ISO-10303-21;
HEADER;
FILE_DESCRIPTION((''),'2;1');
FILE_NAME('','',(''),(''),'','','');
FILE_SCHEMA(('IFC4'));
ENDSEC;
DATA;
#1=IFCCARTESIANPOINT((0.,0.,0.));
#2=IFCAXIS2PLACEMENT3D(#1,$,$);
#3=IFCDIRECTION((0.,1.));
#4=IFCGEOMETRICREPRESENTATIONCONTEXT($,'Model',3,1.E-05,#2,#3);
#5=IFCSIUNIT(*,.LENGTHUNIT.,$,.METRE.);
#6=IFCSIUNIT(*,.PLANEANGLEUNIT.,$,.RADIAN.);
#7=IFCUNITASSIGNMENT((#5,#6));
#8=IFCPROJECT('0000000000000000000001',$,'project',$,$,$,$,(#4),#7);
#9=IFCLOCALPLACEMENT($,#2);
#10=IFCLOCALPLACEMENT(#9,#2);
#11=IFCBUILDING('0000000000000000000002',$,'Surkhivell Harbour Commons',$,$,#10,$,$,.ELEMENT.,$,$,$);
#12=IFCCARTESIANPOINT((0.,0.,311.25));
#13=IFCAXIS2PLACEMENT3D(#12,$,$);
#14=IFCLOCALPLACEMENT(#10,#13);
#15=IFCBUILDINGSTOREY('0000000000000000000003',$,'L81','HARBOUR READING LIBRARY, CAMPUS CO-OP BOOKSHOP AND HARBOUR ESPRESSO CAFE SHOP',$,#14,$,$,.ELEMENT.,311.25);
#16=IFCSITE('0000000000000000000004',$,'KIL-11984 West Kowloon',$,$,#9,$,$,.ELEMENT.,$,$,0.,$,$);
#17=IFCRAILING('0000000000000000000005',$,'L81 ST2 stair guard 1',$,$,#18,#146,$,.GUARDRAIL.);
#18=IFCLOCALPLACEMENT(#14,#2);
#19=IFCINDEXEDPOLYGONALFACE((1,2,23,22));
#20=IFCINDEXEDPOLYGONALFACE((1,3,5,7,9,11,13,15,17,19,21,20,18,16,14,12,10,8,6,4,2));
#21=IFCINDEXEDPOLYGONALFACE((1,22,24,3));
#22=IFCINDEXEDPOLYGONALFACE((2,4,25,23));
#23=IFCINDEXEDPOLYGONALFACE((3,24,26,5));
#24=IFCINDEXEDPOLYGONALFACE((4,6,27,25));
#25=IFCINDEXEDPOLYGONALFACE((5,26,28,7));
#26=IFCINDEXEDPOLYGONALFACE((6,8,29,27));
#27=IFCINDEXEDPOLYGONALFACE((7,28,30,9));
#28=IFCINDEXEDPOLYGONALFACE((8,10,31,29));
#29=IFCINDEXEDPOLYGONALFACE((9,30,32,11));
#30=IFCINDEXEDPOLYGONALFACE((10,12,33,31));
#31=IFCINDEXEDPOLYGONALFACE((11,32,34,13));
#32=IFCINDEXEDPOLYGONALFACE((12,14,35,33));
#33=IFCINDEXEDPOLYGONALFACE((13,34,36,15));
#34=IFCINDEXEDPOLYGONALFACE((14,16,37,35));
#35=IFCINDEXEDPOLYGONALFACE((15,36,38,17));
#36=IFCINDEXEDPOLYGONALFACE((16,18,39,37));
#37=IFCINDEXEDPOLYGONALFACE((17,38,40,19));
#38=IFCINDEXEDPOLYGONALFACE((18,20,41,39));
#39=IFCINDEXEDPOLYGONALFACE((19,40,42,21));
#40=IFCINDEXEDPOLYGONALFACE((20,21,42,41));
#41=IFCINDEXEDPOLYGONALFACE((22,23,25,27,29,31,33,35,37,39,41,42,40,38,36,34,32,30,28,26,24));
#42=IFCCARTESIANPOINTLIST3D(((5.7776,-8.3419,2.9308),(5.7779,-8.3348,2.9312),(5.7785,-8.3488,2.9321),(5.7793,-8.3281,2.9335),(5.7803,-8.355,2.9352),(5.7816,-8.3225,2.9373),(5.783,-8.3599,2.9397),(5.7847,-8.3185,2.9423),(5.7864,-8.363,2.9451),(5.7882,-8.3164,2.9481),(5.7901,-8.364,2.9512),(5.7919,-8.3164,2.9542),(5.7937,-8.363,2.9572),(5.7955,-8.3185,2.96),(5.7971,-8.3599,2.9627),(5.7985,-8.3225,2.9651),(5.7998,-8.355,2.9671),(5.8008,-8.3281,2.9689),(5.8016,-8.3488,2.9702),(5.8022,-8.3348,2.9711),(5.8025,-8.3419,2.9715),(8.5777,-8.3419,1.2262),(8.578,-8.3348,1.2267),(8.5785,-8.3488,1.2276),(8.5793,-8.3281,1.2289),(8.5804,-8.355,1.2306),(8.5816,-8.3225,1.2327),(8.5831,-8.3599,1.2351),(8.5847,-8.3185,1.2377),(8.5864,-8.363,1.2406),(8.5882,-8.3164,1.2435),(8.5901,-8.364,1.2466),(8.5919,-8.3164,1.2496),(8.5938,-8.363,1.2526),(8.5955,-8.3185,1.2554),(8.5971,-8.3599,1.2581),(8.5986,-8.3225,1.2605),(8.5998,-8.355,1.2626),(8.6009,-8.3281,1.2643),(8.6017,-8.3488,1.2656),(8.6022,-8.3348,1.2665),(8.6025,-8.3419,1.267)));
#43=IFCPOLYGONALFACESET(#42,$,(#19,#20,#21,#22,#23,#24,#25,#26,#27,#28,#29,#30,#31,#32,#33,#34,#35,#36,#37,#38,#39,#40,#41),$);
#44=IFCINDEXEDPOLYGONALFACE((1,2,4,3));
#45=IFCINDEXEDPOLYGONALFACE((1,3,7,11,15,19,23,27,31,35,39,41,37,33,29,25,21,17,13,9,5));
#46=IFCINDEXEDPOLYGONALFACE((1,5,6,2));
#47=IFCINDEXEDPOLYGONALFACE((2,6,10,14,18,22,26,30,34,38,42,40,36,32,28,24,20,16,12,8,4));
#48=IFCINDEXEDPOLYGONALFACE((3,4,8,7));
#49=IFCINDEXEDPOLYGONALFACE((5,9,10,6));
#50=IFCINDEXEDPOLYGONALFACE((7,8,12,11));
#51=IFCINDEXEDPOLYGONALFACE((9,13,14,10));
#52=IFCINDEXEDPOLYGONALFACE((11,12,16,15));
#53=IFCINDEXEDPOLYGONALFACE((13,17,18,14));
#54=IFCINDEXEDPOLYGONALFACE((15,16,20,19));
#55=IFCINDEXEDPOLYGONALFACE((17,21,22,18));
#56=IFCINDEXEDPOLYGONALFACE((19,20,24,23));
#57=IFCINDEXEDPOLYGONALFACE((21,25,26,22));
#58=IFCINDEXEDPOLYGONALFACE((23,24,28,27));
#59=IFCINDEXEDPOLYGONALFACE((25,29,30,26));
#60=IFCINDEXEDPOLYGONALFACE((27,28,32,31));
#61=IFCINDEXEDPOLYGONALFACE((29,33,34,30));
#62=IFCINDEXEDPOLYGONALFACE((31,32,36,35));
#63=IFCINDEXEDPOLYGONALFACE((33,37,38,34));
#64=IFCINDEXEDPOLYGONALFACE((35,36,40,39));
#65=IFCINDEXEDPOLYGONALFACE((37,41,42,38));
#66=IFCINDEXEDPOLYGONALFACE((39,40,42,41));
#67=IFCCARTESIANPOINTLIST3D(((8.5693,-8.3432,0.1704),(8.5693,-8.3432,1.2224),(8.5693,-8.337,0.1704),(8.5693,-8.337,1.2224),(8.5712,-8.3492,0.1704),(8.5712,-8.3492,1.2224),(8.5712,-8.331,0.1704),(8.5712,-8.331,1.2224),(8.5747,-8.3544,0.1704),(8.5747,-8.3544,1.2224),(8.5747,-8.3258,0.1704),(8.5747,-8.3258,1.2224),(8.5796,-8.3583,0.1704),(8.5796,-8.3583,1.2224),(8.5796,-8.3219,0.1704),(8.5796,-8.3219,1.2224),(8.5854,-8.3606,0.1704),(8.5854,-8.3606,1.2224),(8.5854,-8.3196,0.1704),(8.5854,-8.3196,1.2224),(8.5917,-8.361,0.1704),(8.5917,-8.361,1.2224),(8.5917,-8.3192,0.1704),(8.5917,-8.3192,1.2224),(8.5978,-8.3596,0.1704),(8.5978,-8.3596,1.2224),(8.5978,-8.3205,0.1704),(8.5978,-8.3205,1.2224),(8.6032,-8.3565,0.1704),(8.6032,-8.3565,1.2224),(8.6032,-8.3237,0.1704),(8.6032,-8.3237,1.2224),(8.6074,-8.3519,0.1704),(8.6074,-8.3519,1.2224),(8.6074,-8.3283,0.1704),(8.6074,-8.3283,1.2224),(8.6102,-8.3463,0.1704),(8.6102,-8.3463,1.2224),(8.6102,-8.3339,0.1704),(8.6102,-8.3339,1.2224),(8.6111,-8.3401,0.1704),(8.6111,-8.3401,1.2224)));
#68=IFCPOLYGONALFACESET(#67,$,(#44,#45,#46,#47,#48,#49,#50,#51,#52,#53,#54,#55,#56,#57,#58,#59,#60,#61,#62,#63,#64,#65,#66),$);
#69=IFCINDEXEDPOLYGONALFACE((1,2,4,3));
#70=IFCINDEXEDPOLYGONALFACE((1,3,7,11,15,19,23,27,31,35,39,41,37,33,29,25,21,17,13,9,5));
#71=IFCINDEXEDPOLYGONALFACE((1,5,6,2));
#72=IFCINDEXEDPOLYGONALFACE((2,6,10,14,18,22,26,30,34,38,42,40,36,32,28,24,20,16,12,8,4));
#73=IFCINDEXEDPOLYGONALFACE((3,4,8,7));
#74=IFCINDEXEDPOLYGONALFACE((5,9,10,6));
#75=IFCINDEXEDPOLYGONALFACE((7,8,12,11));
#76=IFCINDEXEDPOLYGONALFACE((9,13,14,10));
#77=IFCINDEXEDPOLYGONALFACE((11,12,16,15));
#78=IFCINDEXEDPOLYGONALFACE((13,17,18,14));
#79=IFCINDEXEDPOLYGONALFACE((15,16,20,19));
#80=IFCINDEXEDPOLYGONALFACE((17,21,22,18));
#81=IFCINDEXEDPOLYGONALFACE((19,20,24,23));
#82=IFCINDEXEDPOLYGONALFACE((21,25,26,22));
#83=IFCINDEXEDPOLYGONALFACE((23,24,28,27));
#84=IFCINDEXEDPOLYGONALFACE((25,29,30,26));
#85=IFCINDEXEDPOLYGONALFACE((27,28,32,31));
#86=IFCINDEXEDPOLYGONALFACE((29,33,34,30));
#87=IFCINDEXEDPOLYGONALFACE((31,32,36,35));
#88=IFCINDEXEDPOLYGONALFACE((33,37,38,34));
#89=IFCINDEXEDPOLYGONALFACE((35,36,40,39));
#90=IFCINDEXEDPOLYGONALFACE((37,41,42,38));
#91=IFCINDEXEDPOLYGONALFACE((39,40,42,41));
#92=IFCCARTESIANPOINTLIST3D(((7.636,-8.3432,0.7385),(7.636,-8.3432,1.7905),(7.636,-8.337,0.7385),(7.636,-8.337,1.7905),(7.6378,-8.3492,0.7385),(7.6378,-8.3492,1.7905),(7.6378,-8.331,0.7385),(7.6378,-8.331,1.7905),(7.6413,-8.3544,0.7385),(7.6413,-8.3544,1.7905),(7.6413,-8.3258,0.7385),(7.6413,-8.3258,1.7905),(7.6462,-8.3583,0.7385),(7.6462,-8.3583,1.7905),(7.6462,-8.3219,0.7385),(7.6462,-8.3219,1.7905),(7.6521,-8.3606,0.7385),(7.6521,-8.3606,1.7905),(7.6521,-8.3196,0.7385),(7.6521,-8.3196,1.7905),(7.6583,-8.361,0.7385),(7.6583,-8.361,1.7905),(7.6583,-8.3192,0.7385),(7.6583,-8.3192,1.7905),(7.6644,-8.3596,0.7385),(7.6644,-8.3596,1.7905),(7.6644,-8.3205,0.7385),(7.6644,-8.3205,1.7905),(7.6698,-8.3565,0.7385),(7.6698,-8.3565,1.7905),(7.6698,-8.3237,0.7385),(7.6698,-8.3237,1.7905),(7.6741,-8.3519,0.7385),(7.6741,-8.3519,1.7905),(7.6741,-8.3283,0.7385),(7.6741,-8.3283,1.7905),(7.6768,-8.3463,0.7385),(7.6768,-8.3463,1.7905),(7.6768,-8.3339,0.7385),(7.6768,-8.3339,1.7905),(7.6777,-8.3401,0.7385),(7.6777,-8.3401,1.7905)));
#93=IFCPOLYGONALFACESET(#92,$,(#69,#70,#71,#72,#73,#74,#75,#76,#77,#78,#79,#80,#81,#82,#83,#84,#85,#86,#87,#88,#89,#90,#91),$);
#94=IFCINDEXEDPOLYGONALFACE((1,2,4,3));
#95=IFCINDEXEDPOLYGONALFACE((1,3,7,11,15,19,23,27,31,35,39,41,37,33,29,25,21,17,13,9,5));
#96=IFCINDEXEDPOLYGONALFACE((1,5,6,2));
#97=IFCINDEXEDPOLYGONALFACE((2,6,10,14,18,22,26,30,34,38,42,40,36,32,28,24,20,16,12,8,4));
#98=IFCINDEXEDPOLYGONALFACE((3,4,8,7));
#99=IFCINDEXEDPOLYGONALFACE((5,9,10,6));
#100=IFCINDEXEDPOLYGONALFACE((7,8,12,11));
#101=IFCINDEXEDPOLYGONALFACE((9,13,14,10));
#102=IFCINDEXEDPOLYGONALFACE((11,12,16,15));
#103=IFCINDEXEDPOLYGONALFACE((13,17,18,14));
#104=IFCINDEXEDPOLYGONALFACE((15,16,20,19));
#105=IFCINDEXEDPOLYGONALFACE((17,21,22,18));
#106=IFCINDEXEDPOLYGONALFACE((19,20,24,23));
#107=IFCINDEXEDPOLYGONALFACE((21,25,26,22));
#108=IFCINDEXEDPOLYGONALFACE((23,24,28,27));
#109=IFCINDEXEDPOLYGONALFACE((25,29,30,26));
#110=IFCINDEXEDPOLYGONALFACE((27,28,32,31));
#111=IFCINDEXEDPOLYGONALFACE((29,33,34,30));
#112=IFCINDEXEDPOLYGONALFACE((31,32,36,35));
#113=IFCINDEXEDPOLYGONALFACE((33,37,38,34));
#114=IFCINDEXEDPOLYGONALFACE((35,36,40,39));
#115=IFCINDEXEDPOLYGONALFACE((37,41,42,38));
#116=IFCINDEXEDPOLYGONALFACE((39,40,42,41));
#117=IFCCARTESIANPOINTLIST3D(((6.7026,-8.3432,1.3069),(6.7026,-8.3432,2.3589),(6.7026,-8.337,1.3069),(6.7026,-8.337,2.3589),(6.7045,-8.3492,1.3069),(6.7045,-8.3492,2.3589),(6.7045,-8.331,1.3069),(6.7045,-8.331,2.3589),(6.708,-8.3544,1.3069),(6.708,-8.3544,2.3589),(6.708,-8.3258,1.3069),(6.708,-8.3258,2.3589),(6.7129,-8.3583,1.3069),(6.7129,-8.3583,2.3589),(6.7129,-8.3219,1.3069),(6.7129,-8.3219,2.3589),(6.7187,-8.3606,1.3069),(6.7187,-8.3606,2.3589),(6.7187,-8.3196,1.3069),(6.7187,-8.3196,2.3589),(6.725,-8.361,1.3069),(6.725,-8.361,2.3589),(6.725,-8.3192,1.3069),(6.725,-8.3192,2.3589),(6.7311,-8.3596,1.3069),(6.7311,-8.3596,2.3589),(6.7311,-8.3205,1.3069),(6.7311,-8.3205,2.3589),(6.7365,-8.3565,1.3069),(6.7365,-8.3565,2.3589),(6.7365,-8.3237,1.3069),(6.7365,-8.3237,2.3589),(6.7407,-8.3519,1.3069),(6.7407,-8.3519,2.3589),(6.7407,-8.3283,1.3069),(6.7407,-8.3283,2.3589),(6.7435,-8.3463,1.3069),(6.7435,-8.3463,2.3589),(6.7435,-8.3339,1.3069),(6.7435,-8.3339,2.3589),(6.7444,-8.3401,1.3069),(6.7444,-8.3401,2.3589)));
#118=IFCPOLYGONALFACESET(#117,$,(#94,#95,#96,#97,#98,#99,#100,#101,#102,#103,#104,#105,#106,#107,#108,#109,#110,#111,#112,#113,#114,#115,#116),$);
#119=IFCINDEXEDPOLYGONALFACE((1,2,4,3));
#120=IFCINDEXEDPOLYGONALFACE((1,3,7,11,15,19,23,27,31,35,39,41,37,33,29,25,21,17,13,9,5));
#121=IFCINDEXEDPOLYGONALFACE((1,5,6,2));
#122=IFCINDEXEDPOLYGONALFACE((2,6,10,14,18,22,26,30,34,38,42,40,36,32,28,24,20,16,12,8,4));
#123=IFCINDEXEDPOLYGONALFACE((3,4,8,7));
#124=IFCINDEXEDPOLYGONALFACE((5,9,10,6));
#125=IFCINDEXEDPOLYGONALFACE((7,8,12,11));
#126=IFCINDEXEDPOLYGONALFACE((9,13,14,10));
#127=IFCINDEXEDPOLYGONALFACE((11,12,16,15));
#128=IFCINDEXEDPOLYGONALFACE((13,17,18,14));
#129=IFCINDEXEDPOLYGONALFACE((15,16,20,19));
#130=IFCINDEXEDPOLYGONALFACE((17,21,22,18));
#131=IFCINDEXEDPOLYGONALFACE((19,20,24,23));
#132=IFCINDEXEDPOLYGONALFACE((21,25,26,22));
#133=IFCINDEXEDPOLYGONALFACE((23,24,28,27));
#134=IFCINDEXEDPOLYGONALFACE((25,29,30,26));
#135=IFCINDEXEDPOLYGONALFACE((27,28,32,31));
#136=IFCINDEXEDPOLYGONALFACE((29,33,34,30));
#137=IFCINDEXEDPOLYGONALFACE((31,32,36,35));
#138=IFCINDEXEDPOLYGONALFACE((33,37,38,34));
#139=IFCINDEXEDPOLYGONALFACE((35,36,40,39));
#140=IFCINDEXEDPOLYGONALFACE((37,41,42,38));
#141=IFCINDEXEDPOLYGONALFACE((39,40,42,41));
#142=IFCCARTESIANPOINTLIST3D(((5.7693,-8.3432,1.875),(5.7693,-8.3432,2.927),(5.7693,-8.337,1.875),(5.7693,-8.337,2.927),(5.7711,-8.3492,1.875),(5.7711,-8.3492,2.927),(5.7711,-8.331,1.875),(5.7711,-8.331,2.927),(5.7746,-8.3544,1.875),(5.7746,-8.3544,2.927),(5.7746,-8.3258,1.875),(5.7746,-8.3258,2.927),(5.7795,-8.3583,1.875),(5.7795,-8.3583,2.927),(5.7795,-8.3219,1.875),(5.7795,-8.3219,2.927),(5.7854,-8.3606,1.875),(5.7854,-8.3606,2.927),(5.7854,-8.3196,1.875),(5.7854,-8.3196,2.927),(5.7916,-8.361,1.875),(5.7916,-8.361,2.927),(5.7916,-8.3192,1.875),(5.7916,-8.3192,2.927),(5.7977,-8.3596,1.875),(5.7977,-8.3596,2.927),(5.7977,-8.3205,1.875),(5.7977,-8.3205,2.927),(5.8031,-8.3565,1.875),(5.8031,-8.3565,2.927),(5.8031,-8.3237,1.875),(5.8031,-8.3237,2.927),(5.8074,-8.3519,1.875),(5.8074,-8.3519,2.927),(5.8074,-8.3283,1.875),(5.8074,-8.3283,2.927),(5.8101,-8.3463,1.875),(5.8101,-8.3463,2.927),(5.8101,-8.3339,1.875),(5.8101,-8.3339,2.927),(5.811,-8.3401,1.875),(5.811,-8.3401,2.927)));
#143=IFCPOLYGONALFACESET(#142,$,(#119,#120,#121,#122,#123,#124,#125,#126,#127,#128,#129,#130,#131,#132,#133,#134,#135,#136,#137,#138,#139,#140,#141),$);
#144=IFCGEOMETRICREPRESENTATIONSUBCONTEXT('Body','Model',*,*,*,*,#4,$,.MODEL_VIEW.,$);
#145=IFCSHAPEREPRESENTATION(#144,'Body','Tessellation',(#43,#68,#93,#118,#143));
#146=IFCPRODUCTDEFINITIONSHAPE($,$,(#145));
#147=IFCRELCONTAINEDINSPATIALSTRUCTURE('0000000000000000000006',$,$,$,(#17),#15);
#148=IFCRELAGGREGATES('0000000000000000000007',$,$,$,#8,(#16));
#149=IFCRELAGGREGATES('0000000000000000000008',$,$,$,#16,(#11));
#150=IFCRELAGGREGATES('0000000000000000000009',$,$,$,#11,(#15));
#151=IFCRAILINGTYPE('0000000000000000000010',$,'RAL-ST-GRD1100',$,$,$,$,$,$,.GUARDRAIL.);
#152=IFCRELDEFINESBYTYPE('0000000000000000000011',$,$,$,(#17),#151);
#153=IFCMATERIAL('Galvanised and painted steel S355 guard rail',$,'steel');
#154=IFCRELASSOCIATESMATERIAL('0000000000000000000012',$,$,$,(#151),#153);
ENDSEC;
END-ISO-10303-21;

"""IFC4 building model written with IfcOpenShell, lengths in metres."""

from ifc_helpers import new_model, si_unit, direction, frame, origin, origin_2d, place, context, subcontext, project, spatial, circle, extrude, material, type_object, element, save


model = new_model("IFC4")

# Units and contexts
model_context = context("Model", 3, precision=1e-05, world=origin(), true_north=direction((0.0, 1.0)))
body_context = subcontext(model_context, "Body", "Model", "MODEL_VIEW")
ifc_project = project(units=[si_unit("LENGTHUNIT", "METRE"), si_unit("PLANEANGLEUNIT", "RADIAN")], contexts=[model_context])

# Site, building, storey
site_placement = place(None, origin())
site = spatial("IfcSite", under=ifc_project, at=site_placement, Name="KIL-11984 West Kowloon", CompositionType="ELEMENT", RefElevation=0.0)
building_placement = place(site_placement, origin())
building = spatial("IfcBuilding", under=site, at=building_placement, Name="Surkhivell Harbour Commons", CompositionType="ELEMENT")
storey_placement = place(building_placement, frame((0.0, 0.0, 311.25)))
storey = spatial("IfcBuildingStorey", under=building, at=storey_placement, Name="L81", Description="HARBOUR READING LIBRARY, CAMPUS CO-OP BOOKSHOP AND HARBOUR ESPRESSO CAFE SHOP", CompositionType="ELEMENT", Elevation=311.25)

# Railing
ifc_material_1 = material(Name="Galvanised and painted steel S355 guard rail", Category="steel")
railing_type_1 = type_object("IfcRailingType", Name="RAL-ST-GRD1100", PredefinedType="GUARDRAIL", material=ifc_material_1)
railing_1_placement = place(storey_placement, frame((8.5901, -8.3401, 0.1704)))
element("IfcRailing", 1, at=railing_1_placement, inside=storey, type_object=railing_type_1, Name="L81 ST2 stair guard 1", PredefinedType="GUARDRAIL", context=body_context, shape_type="SweptSolid", body=[
    extrude(circle(Radius=0.0239, at=origin_2d()), frame((0.0, 0.0, 1.0762), z_axis=(-0.85417, 0.0, 0.519994), x_axis=(0.0, -1.0, 0.0)), (0.0, 0.0, 1.0), 3.2781),
    extrude(circle(Radius=0.021, at=origin_2d()), origin(), (0.0, 0.0, 1.0), 1.052),
    extrude(circle(Radius=0.021, at=origin_2d()), frame((-0.9333, 0.0, 0.5681)), (0.0, 0.0, 1.0), 1.052),
    extrude(circle(Radius=0.021, at=origin_2d()), frame((-1.8667, 0.0, 1.1365)), (0.0, 0.0, 1.0), 1.052),
    extrude(circle(Radius=0.021, at=origin_2d()), frame((-2.8, 0.0, 1.7046)), (0.0, 0.0, 1.0), 1.052),
])

save(model, "model.ifc")
